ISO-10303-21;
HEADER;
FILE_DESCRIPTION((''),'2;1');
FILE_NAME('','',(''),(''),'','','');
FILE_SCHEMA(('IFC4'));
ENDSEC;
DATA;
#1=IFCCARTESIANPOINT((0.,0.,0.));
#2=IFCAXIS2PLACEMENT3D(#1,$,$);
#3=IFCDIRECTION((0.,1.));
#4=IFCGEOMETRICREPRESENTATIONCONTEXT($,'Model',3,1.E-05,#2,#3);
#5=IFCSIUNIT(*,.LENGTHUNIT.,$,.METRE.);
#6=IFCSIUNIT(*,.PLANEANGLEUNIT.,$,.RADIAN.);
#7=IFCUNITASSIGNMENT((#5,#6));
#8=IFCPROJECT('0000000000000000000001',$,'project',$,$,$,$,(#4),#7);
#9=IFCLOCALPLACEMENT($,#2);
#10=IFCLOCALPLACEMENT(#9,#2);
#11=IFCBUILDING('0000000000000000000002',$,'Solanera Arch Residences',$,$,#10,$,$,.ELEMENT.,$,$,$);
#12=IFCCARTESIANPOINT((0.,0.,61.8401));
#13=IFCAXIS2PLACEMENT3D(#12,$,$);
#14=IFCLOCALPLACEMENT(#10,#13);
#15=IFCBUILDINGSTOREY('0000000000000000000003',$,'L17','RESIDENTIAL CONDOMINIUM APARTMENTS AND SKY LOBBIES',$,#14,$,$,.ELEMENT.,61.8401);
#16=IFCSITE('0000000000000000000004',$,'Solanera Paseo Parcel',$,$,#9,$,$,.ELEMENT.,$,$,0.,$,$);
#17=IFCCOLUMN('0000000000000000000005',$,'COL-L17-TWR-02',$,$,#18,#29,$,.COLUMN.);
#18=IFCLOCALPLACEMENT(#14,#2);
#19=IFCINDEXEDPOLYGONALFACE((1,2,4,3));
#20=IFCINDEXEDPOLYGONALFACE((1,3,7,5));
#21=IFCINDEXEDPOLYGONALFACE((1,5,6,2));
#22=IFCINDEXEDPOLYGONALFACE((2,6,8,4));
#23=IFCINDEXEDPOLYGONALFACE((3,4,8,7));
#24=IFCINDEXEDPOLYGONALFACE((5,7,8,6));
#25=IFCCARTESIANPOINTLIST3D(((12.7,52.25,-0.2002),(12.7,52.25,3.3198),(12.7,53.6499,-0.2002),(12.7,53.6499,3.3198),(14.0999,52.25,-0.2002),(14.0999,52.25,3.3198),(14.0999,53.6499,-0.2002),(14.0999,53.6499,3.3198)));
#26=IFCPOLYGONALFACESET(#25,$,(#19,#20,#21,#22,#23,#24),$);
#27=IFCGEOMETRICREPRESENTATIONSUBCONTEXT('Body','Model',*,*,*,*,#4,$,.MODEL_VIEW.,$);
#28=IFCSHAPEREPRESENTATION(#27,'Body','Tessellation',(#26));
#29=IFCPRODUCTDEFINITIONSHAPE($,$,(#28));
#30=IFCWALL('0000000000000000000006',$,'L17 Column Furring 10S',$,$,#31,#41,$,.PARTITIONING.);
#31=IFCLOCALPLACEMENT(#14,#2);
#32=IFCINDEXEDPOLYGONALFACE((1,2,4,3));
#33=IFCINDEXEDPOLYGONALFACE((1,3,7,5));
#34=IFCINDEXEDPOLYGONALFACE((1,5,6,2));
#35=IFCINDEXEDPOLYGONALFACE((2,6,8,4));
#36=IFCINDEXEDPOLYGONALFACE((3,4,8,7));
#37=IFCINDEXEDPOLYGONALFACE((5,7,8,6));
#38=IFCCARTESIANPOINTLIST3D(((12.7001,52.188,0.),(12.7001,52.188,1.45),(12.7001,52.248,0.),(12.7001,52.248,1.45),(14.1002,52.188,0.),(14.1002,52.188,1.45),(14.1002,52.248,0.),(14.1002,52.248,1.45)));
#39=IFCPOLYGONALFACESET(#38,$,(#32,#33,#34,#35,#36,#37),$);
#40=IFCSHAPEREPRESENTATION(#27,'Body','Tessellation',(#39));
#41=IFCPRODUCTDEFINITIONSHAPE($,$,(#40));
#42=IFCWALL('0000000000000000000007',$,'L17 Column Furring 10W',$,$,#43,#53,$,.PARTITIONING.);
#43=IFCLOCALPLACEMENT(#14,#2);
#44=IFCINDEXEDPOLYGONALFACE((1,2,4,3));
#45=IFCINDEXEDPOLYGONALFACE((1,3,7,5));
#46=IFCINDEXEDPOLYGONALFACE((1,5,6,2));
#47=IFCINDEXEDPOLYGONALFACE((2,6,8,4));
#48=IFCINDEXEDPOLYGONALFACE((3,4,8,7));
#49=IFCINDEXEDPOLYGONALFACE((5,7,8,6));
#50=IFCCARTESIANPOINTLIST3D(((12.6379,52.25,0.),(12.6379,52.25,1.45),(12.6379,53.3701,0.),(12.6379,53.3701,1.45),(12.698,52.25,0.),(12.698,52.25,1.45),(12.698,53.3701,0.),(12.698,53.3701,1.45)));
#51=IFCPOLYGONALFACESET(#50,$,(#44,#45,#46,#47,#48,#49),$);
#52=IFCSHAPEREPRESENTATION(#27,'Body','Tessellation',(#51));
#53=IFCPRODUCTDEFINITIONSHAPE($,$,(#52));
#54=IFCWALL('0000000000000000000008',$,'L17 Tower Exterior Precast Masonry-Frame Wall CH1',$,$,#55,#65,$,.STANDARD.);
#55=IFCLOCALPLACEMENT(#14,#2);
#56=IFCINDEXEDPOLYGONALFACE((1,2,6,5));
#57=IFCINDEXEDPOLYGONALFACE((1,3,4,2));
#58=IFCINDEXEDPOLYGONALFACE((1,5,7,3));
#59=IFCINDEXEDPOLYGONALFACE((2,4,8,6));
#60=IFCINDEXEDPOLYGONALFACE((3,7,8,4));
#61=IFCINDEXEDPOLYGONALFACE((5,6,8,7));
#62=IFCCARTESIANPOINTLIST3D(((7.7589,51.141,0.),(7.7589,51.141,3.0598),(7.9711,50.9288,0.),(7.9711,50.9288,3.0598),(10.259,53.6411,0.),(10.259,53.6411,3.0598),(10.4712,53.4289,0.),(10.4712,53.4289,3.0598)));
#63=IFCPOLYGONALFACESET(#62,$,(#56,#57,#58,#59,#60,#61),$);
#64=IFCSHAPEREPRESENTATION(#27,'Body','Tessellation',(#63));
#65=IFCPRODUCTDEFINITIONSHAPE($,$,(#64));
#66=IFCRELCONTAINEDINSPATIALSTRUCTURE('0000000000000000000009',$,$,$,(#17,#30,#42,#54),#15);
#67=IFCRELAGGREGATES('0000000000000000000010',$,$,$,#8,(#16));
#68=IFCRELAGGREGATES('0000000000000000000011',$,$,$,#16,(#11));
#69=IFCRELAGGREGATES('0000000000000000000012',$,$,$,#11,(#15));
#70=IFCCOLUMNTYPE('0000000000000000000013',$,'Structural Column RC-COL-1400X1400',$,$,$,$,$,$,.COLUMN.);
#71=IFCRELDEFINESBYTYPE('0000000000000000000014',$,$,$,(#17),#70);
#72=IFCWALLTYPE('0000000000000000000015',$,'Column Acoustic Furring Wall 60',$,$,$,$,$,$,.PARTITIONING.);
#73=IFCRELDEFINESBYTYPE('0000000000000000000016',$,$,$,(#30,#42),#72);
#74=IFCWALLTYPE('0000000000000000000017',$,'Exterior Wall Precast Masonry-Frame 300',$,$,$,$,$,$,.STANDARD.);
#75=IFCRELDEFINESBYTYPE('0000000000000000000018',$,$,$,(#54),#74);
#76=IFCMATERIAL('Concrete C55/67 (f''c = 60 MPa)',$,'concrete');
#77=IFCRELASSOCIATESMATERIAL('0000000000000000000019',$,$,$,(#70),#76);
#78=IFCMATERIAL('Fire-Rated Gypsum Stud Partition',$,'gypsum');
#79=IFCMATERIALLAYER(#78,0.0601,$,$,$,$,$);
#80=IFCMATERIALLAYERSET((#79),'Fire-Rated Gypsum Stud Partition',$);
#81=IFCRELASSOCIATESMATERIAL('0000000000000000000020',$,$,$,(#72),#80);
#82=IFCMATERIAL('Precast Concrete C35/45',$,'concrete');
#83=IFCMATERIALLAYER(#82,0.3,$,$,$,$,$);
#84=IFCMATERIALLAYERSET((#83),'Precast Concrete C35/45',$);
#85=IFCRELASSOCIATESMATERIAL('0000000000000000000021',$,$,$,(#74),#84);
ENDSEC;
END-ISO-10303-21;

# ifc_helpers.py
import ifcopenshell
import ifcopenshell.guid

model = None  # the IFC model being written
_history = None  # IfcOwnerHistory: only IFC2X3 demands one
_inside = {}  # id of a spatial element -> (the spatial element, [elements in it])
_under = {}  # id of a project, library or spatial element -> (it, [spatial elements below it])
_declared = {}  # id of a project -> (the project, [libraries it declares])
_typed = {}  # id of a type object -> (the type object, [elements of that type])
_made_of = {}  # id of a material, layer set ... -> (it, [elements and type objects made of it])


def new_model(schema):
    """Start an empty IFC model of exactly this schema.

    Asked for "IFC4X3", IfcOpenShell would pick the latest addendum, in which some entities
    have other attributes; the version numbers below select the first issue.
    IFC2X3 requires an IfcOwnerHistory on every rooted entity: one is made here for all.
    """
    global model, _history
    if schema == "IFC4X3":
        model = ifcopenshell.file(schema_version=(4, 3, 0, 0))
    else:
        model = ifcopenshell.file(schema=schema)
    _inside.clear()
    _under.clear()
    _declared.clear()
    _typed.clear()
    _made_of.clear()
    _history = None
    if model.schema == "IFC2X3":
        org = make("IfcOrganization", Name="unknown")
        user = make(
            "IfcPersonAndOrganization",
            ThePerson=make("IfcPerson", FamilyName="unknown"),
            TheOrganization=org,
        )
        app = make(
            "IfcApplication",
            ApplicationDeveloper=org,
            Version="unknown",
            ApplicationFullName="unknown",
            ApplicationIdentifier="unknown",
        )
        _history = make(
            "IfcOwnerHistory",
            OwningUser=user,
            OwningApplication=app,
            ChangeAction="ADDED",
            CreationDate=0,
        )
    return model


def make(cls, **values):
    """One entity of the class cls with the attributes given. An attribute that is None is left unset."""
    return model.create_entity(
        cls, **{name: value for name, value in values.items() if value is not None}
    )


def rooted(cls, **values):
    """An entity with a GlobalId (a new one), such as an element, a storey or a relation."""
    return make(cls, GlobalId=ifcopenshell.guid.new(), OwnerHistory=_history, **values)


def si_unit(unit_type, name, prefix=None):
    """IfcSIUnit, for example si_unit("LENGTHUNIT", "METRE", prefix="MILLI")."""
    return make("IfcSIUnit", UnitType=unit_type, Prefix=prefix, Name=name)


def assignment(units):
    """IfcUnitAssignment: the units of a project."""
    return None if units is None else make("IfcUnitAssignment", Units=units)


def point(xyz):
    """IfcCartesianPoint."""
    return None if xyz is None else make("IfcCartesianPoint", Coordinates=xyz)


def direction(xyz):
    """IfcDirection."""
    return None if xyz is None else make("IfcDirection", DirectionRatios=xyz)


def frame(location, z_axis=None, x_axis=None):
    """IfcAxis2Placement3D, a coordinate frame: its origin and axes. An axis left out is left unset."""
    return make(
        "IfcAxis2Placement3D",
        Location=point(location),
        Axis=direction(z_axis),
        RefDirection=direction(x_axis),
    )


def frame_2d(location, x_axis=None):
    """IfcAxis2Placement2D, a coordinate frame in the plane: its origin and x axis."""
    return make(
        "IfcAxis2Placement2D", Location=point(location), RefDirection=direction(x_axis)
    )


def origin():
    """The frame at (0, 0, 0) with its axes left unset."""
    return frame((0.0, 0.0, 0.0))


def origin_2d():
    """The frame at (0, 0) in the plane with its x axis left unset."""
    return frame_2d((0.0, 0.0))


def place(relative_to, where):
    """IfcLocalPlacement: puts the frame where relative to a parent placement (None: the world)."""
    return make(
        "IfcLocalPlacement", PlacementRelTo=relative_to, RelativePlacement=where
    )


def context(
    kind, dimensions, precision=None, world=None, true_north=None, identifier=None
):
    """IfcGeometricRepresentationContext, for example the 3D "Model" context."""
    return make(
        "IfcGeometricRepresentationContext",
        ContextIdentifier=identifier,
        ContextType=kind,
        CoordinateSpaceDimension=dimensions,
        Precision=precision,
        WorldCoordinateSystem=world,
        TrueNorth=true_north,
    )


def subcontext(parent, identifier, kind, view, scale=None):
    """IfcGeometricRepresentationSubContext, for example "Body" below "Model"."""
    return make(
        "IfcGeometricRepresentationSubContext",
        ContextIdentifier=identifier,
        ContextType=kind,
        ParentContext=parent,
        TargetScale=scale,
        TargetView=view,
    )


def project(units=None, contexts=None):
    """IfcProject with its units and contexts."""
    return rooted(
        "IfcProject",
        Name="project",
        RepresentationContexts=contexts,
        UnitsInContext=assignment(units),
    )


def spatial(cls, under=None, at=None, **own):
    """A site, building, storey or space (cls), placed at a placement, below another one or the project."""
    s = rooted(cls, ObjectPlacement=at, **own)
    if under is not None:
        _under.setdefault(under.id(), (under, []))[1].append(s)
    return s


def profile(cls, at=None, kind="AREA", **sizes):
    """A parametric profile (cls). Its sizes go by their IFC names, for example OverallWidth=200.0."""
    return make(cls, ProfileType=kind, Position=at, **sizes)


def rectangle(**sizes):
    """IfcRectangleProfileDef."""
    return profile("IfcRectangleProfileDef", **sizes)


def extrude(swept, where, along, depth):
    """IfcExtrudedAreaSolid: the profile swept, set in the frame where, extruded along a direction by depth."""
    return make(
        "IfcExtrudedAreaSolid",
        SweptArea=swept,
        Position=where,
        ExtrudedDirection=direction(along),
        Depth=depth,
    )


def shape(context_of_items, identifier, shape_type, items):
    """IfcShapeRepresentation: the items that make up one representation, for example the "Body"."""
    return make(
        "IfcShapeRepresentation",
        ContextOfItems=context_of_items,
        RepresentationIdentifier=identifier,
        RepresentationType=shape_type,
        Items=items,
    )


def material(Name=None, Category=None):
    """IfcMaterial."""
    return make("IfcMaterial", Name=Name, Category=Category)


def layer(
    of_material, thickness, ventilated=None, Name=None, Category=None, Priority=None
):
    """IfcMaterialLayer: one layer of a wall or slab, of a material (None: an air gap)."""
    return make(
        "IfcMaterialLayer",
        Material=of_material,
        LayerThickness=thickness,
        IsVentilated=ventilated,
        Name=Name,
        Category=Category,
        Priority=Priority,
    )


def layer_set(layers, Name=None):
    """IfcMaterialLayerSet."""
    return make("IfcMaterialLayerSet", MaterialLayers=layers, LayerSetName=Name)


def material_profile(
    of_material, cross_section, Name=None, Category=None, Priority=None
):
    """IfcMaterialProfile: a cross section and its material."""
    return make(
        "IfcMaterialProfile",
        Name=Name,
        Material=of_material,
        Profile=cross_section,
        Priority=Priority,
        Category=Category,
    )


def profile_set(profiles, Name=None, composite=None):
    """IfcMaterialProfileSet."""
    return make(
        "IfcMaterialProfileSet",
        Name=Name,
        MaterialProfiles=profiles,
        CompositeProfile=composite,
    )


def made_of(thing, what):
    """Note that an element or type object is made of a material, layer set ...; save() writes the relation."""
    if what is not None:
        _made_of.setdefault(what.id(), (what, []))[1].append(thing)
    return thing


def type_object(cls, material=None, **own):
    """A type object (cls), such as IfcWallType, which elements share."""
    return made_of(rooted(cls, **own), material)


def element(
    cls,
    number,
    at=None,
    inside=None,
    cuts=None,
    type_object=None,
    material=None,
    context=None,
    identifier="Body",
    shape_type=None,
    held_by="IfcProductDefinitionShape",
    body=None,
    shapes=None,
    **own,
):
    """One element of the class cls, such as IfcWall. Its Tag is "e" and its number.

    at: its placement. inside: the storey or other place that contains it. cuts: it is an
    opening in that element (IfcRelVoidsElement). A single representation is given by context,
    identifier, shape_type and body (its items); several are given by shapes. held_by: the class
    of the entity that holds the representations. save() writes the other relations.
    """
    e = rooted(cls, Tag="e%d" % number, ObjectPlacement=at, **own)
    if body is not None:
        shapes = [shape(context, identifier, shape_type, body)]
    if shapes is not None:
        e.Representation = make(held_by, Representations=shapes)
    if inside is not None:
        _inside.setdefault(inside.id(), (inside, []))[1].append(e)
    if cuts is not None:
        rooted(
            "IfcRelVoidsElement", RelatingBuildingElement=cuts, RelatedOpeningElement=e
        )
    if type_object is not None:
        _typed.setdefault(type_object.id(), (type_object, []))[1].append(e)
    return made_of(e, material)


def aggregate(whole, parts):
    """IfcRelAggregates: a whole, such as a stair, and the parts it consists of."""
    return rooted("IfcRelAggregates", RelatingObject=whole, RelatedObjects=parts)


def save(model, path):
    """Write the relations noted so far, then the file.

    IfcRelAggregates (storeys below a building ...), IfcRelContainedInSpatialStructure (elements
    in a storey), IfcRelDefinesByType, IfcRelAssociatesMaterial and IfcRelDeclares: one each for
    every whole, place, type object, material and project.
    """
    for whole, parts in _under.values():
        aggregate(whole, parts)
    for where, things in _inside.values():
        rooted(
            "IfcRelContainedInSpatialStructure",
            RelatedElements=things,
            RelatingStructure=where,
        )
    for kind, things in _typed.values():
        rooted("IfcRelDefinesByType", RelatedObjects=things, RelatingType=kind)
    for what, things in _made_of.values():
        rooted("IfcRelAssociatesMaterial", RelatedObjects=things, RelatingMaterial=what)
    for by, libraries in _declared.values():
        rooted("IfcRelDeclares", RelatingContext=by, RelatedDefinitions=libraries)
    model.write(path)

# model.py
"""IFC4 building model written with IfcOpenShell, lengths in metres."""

from ifc_helpers import new_model, si_unit, direction, frame, frame_2d, origin, origin_2d, place, context, subcontext, project, spatial, rectangle, extrude, material, layer, layer_set, material_profile, profile_set, type_object, element, save


model = new_model("IFC4")

# Units and contexts
model_context = context("Model", 3, precision=1e-05, world=origin(), true_north=direction((0.0, 1.0)))
body_context = subcontext(model_context, "Body", "Model", "MODEL_VIEW")
ifc_project = project(units=[si_unit("LENGTHUNIT", "METRE"), si_unit("PLANEANGLEUNIT", "RADIAN")], contexts=[model_context])

# Site, building, storey
site_placement = place(None, origin())
site = spatial("IfcSite", under=ifc_project, at=site_placement, Name="Solanera Paseo Parcel", CompositionType="ELEMENT", RefElevation=0.0)
building_placement = place(site_placement, origin())
building = spatial("IfcBuilding", under=site, at=building_placement, Name="Solanera Arch Residences", CompositionType="ELEMENT")
storey_placement = place(building_placement, frame((0.0, 0.0, 61.8401)))
storey = spatial("IfcBuildingStorey", under=building, at=storey_placement, Name="L17", Description="RESIDENTIAL CONDOMINIUM APARTMENTS AND SKY LOBBIES", CompositionType="ELEMENT", Elevation=61.8401)

# Column
ifc_material_1 = material(Name="Concrete C55/67 (f'c = 60 MPa)", Category="concrete")
ifc_material_profile = material_profile(ifc_material_1, rectangle(XDim=1.3999, YDim=1.3999, at=origin_2d()))
ifc_profile_set = profile_set([ifc_material_profile], Name="Concrete C55/67 (f'c = 60 MPa)")
column_type = type_object("IfcColumnType", Name="Structural Column RC-COL-1400X1400", PredefinedType="COLUMN", material=ifc_profile_set)
column_placement = place(storey_placement, frame((13.3999, 52.95, -0.2002), z_axis=(0.0, 0.0, 1.0), x_axis=(1.0, 0.0, 0.0)))
element("IfcColumn", 1, at=column_placement, inside=storey, type_object=column_type, Name="COL-L17-TWR-02", PredefinedType="COLUMN", context=body_context, shape_type="SweptSolid", body=[
    extrude(rectangle(XDim=1.3999, YDim=1.3999, at=origin_2d()), origin(), (0.0, 0.0, 1.0), 3.52),
])

# Walls
ifc_material_2 = material(Name="Fire-Rated Gypsum Stud Partition", Category="gypsum")
ifc_layer_1 = layer(ifc_material_2, 0.0601)
ifc_layer_set_1 = layer_set([ifc_layer_1], Name="Fire-Rated Gypsum Stud Partition")
wall_type_1 = type_object("IfcWallType", Name="Column Acoustic Furring Wall 60", PredefinedType="PARTITIONING", material=ifc_layer_set_1)
wall_1_placement = place(storey_placement, frame((12.7, 52.218, 0.0), z_axis=(0.0, 0.0, 1.0), x_axis=(1.0, 0.0, 0.0)))
element("IfcWall", 2, at=wall_1_placement, inside=storey, type_object=wall_type_1, Name="L17 Column Furring 10S", PredefinedType="PARTITIONING", context=body_context, shape_type="SweptSolid", body=[
    extrude(rectangle(XDim=1.4001, YDim=0.0601, at=frame_2d((0.7002, 0.0))), origin(), (0.0, 0.0, 1.0), 1.45),
])
wall_2_placement = place(storey_placement, frame((12.668, 52.25, 0.0), z_axis=(0.0, 0.0, 1.0), x_axis=(0.0, 1.0, 0.0)))
element("IfcWall", 3, at=wall_2_placement, inside=storey, type_object=wall_type_1, Name="L17 Column Furring 10W", PredefinedType="PARTITIONING", context=body_context, shape_type="SweptSolid", body=[
    extrude(rectangle(XDim=1.1201, YDim=0.0601, at=frame_2d((0.5601, 0.0))), origin(), (0.0, 0.0, 1.0), 1.45),
])
ifc_material_3 = material(Name="Precast Concrete C35/45", Category="concrete")
ifc_layer_2 = layer(ifc_material_3, 0.3)
ifc_layer_set_2 = layer_set([ifc_layer_2], Name="Precast Concrete C35/45")
wall_type_2 = type_object("IfcWallType", Name="Exterior Wall Precast Masonry-Frame 300", PredefinedType="STANDARD", material=ifc_layer_set_2)
wall_3_placement = place(storey_placement, frame((7.865, 51.0349, 0.0), z_axis=(0.0, 0.0, 1.0), x_axis=(0.707107, 0.707107, 0.0)))
element("IfcWall", 4, at=wall_3_placement, inside=storey, type_object=wall_type_2, Name="L17 Tower Exterior Precast Masonry-Frame Wall CH1", PredefinedType="STANDARD", context=body_context, shape_type="SweptSolid", body=[
    extrude(rectangle(XDim=3.5356, YDim=0.3, at=frame_2d((1.7678, 0.0))), origin(), (0.0, 0.0, 1.0), 3.0598),
])

save(model, "model.ifc")
